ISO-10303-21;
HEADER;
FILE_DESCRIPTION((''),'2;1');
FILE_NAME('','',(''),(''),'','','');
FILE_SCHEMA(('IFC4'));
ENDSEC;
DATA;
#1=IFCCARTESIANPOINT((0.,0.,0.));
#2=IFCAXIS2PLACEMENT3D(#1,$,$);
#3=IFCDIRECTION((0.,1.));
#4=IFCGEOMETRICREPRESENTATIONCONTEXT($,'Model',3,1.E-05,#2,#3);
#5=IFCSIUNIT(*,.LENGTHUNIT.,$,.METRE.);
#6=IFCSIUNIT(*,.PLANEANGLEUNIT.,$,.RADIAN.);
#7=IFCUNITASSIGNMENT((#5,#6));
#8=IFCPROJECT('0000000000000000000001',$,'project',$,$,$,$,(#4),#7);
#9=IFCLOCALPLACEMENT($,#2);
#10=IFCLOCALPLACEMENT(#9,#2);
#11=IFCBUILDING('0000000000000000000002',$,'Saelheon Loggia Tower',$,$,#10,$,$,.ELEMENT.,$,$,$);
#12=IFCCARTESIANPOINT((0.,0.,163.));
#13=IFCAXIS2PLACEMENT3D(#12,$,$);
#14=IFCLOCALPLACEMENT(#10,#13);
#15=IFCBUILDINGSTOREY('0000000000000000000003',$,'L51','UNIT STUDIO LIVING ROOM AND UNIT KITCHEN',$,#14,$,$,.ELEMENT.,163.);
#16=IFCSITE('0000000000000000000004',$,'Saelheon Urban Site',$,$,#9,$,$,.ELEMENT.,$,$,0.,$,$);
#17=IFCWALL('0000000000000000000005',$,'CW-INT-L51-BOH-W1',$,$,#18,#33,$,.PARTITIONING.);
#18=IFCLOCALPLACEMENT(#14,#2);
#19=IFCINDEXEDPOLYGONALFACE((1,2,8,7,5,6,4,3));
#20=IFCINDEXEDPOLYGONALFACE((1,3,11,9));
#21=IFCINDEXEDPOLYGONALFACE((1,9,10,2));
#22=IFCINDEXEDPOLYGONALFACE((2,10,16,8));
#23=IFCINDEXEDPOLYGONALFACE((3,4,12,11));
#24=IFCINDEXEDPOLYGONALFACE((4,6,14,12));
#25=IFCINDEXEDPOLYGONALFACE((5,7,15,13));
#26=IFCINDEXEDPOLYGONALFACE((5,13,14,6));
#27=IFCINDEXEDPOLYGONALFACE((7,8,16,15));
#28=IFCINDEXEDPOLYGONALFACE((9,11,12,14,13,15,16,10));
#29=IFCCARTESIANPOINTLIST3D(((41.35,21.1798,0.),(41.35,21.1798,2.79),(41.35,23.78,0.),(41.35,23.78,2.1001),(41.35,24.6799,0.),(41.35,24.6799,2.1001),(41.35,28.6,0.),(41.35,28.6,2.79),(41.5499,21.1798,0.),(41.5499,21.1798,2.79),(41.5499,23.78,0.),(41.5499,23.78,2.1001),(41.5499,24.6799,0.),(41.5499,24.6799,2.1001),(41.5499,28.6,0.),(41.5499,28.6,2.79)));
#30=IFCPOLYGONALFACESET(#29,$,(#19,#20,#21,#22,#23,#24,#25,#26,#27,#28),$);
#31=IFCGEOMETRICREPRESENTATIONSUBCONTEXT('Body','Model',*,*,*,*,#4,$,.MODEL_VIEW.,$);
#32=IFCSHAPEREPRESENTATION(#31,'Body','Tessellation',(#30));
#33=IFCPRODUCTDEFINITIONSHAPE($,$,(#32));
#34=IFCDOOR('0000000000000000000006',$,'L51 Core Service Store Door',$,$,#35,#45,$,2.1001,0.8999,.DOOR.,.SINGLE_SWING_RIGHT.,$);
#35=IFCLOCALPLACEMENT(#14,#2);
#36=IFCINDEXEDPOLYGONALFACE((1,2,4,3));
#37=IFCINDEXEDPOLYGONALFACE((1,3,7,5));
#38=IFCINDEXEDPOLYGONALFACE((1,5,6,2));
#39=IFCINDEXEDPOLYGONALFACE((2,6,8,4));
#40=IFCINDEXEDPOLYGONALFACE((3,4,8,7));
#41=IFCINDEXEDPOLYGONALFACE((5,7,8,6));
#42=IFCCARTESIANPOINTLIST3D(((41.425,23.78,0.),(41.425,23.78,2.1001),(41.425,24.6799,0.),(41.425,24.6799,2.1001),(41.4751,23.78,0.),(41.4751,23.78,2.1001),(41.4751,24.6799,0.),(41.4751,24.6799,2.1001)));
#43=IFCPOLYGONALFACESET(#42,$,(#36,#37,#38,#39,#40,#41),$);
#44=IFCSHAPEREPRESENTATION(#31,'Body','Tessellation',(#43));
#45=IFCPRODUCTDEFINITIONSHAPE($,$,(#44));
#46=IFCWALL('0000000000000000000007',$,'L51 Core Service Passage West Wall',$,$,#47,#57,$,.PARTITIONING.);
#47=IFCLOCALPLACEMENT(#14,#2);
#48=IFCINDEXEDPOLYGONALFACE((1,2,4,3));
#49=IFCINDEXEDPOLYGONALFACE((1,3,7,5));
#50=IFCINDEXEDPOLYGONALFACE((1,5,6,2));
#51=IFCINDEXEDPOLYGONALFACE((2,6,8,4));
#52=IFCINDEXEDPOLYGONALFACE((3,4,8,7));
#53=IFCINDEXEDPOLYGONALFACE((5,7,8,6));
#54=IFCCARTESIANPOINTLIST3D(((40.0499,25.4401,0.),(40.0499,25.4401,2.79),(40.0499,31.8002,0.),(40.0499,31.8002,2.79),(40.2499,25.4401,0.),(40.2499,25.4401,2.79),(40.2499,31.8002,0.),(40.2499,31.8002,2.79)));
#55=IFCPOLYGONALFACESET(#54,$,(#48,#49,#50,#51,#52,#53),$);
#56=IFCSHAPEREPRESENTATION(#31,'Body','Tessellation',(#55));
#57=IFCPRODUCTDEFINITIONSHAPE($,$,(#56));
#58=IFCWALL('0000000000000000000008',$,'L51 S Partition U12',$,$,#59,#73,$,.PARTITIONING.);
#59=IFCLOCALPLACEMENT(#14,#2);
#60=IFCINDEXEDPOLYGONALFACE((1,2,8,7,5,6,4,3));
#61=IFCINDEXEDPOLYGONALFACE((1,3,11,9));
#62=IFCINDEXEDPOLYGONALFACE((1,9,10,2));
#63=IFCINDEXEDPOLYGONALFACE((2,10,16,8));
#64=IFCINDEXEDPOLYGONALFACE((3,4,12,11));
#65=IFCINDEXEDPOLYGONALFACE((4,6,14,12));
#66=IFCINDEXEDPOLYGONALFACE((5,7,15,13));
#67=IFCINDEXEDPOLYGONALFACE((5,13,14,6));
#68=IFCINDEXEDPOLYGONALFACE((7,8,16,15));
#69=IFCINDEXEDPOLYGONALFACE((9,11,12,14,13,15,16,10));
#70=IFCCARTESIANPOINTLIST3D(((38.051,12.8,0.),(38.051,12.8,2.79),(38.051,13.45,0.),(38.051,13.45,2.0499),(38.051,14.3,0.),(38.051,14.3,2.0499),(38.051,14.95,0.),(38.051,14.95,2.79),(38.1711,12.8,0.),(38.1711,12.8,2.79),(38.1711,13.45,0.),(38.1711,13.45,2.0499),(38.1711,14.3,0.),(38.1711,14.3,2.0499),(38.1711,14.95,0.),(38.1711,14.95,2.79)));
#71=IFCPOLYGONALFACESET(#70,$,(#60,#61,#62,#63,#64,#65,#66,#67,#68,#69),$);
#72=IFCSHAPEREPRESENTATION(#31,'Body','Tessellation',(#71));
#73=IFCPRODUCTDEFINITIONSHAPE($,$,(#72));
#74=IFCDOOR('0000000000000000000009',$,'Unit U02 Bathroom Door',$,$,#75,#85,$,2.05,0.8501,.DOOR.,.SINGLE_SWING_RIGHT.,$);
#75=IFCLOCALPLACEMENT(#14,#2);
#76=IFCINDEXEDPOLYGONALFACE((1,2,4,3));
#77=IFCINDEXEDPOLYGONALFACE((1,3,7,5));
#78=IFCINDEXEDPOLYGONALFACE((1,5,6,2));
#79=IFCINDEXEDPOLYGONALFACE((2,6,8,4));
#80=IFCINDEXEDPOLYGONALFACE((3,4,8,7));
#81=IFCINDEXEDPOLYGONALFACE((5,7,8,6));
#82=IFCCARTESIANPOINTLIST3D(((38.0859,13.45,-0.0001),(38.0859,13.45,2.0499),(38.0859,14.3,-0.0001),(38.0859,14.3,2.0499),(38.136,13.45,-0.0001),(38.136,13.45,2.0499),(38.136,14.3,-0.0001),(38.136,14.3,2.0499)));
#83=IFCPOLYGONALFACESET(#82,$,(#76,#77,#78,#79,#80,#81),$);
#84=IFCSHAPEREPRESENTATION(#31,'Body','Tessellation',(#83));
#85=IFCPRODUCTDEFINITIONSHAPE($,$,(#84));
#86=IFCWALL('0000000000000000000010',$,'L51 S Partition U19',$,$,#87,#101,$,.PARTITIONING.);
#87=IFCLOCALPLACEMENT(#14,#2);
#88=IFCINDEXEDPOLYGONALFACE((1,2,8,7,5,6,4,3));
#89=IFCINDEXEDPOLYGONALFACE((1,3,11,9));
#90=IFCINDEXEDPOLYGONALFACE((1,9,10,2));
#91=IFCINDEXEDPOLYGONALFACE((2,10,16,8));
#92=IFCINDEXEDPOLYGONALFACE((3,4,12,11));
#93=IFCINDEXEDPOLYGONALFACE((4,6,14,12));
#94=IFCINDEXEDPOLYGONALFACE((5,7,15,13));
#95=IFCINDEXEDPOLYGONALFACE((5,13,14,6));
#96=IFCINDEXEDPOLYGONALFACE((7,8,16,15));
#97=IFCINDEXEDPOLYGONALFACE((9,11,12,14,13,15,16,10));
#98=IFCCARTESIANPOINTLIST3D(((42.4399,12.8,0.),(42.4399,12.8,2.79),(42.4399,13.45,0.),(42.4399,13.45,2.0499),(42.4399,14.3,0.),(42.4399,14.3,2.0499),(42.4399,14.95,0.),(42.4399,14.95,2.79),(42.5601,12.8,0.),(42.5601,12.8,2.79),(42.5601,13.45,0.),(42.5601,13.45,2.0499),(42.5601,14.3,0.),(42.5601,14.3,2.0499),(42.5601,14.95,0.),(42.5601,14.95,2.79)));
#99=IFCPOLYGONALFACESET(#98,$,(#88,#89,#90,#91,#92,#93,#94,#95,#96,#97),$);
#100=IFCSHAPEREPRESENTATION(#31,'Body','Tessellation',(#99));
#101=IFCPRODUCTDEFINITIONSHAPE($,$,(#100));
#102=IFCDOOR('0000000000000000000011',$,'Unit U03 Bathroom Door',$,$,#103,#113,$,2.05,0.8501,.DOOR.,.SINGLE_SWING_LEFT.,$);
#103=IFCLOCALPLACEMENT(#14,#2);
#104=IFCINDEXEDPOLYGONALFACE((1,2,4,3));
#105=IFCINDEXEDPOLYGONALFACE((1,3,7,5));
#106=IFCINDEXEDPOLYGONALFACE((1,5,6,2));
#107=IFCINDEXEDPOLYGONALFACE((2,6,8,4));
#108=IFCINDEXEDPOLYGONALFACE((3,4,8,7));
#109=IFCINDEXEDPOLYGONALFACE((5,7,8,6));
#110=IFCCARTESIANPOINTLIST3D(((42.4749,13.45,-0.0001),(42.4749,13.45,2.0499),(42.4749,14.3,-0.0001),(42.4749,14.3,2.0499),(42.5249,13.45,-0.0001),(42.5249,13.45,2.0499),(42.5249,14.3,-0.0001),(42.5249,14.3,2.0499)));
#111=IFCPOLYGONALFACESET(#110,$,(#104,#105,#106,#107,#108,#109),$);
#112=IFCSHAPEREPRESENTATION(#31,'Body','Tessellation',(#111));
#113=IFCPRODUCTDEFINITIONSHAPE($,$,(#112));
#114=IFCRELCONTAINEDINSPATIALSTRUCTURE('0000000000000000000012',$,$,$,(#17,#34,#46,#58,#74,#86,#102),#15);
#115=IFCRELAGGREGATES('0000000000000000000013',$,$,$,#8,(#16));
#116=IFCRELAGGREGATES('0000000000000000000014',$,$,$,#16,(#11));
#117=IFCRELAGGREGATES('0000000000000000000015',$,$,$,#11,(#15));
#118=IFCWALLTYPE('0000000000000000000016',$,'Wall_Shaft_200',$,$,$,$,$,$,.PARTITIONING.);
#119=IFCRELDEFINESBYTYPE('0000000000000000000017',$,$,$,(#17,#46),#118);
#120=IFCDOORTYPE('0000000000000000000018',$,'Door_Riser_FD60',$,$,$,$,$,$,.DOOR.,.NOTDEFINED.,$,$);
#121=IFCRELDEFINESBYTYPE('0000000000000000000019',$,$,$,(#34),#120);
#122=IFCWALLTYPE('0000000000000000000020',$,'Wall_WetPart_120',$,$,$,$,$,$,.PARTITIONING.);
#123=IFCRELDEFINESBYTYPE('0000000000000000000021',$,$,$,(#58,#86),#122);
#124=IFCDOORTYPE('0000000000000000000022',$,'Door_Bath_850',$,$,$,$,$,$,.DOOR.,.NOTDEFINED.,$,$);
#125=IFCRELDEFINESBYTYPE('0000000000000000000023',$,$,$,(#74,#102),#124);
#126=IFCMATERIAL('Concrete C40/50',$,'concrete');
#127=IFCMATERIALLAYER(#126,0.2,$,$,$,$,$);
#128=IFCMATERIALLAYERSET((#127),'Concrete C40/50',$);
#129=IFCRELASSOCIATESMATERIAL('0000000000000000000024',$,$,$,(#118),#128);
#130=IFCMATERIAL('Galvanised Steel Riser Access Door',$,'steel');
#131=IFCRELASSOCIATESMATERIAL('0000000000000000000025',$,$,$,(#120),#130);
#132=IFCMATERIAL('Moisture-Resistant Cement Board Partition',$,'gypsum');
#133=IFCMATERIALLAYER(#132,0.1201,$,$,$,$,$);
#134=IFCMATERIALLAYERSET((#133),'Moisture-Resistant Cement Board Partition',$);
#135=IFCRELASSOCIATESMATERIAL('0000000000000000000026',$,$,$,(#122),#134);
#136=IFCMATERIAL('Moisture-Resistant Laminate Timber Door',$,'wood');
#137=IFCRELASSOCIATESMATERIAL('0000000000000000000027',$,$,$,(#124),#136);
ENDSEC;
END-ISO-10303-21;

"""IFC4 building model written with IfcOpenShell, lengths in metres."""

from ifc_helpers import new_model, si_unit, direction, frame, frame_2d, origin, place, context, subcontext, project, spatial, rectangle, extrude, source, transform, mapped, material, layer, layer_set, type_object, element, fill, save


model = new_model("IFC4")

# Units and contexts
model_context = context("Model", 3, precision=1e-05, world=origin(), true_north=direction((0.0, 1.0)))
body_context = subcontext(model_context, "Body", "Model", "MODEL_VIEW")
ifc_project = project(units=[si_unit("LENGTHUNIT", "METRE"), si_unit("PLANEANGLEUNIT", "RADIAN")], contexts=[model_context])

# Site, building, storey
site_placement = place(None, origin())
site = spatial("IfcSite", under=ifc_project, at=site_placement, Name="Saelheon Urban Site", CompositionType="ELEMENT", RefElevation=0.0)
building_placement = place(site_placement, origin())
building = spatial("IfcBuilding", under=site, at=building_placement, Name="Saelheon Loggia Tower", CompositionType="ELEMENT")
storey_placement = place(building_placement, frame((0.0, 0.0, 163.0)))
storey = spatial("IfcBuildingStorey", under=building, at=storey_placement, Name="L51", Description="UNIT STUDIO LIVING ROOM AND UNIT KITCHEN", CompositionType="ELEMENT", Elevation=163.0)

# Shared definitions
ifc_material_1 = material(Name="Concrete C40/50", Category="concrete")

# Shared definitions
ifc_layer_1 = layer(ifc_material_1, 0.2)
ifc_layer_set_1 = layer_set([ifc_layer_1], Name="Concrete C40/50")
wall_type_1 = type_object("IfcWallType", Name="Wall_Shaft_200", PredefinedType="PARTITIONING", material=ifc_layer_set_1)

# Wall, opening, door
wall_1_placement = place(storey_placement, frame((41.45, 21.1799, 0.0), z_axis=(0.0, 0.0, 1.0), x_axis=(0.0, 1.0, 0.0)))
wall_1 = element("IfcWall", 1, at=wall_1_placement, inside=storey, type_object=wall_type_1, Name="CW-INT-L51-BOH-W1", PredefinedType="PARTITIONING", context=body_context, shape_type="SweptSolid", body=[
    extrude(rectangle(XDim=7.4202, YDim=0.2, at=frame_2d((3.71, 0.0))), origin(), (0.0, 0.0, 1.0), 2.79),
])
opening_1_placement = place(wall_1_placement, frame((2.6001, 0.0, 0.0)))
opening_1 = element("IfcOpeningElement", 2, at=opening_1_placement, cuts=wall_1, PredefinedType="OPENING", context=body_context, shape_type="SweptSolid", body=[
    extrude(rectangle(XDim=0.8999, YDim=2.1001, at=frame_2d((0.45, 1.05))), frame((0.0, 0.1121, 0.0), z_axis=(0.0, -1.0, 0.0), x_axis=(1.0, 0.0, 0.0)), (0.0, 0.0, 1.0), 0.2239),
])
ifc_material_2 = material(Name="Galvanised Steel Riser Access Door", Category="steel")
door_type_1 = type_object("IfcDoorType", Name="Door_Riser_FD60", OperationType="NOTDEFINED", PredefinedType="DOOR", material=ifc_material_2)
shared_shape_1 = source(origin(), body_context, "Body", "SweptSolid", [
    extrude(rectangle(XDim=0.8999, YDim=2.1001, at=frame_2d((0.45, 1.05))), frame((0.0, 0.0249, 0.0), z_axis=(0.0, -1.0, 0.0), x_axis=(1.0, 0.0, 0.0)), (0.0, 0.0, 1.0), 0.05),
])
door_1_placement = place(opening_1_placement, origin())
door_1 = element("IfcDoor", 3, at=door_1_placement, inside=storey, type_object=door_type_1, Name="L51 Core Service Store Door", OperationType="SINGLE_SWING_RIGHT", OverallHeight=2.1001, OverallWidth=0.8999, PredefinedType="DOOR", context=body_context, shape_type="MappedRepresentation", body=[
    mapped(shared_shape_1, transform((0.0, 0.0, 0.0), scale=1.0)),
])
fill(opening_1, door_1)

# Wall
wall_2_placement = place(storey_placement, frame((40.1499, 25.4399, 0.0), z_axis=(0.0, 0.0, 1.0), x_axis=(0.0, 1.0, 0.0)))
element("IfcWall", 4, at=wall_2_placement, inside=storey, type_object=wall_type_1, Name="L51 Core Service Passage West Wall", PredefinedType="PARTITIONING", context=body_context, shape_type="SweptSolid", body=[
    extrude(rectangle(XDim=6.3601, YDim=0.2, at=frame_2d((3.1802, 0.0))), origin(), (0.0, 0.0, 1.0), 2.79),
])

# Walls, openings, doors
ifc_material_3 = material(Name="Moisture-Resistant Cement Board Partition", Category="gypsum")
ifc_layer_2 = layer(ifc_material_3, 0.1201)
ifc_layer_set_2 = layer_set([ifc_layer_2], Name="Moisture-Resistant Cement Board Partition")
wall_type_2 = type_object("IfcWallType", Name="Wall_WetPart_120", PredefinedType="PARTITIONING", material=ifc_layer_set_2)
wall_3_placement = place(storey_placement, frame((38.1111, 14.95, 0.0), z_axis=(0.0, 0.0, 1.0), x_axis=(0.0, -1.0, 0.0)))
wall_3 = element("IfcWall", 5, at=wall_3_placement, inside=storey, type_object=wall_type_2, Name="L51 S Partition U12", PredefinedType="PARTITIONING", context=body_context, shape_type="SweptSolid", body=[
    extrude(rectangle(XDim=2.1499, YDim=0.1201, at=frame_2d((1.075, 0.0))), origin(), (0.0, 0.0, 1.0), 2.79),
])
opening_2_placement = place(wall_3_placement, frame((0.6499, 0.0, 0.0)))
opening_2 = element("IfcOpeningElement", 6, at=opening_2_placement, cuts=wall_3, PredefinedType="OPENING", context=body_context, shape_type="SweptSolid", body=[
    extrude(rectangle(XDim=0.8501, YDim=2.05, at=frame_2d((0.425, 1.0249))), frame((0.0, 0.072, 0.0), z_axis=(0.0, -1.0, 0.0), x_axis=(1.0, 0.0, 0.0)), (0.0, 0.0, 1.0), 0.144),
])
ifc_material_4 = material(Name="Moisture-Resistant Laminate Timber Door", Category="wood")
door_type_2 = type_object("IfcDoorType", Name="Door_Bath_850", OperationType="NOTDEFINED", PredefinedType="DOOR", material=ifc_material_4)
shared_shape_2 = source(origin(), body_context, "Body", "SweptSolid", [
    extrude(rectangle(XDim=0.8501, YDim=2.05, at=frame_2d((0.425, 1.0249))), frame((0.0, 0.0249, 0.0), z_axis=(0.0, -1.0, 0.0), x_axis=(1.0, 0.0, 0.0)), (0.0, 0.0, 1.0), 0.05),
])
door_2_placement = place(opening_2_placement, origin())
door_2 = element("IfcDoor", 7, at=door_2_placement, inside=storey, type_object=door_type_2, Name="Unit U02 Bathroom Door", OperationType="SINGLE_SWING_RIGHT", OverallHeight=2.05, OverallWidth=0.8501, PredefinedType="DOOR", context=body_context, shape_type="MappedRepresentation", body=[
    mapped(shared_shape_2, transform((0.0, 0.0, 0.0), scale=1.0)),
])
fill(opening_2, door_2)
wall_4_placement = place(storey_placement, frame((42.5, 14.95, 0.0), z_axis=(0.0, 0.0, 1.0), x_axis=(0.0, -1.0, 0.0)))
wall_4 = element("IfcWall", 8, at=wall_4_placement, inside=storey, type_object=wall_type_2, Name="L51 S Partition U19", PredefinedType="PARTITIONING", context=body_context, shape_type="SweptSolid", body=[
    extrude(rectangle(XDim=2.1499, YDim=0.1201, at=frame_2d((1.075, 0.0))), origin(), (0.0, 0.0, 1.0), 2.79),
])
opening_3_placement = place(wall_4_placement, frame((0.6499, 0.0, 0.0)))
opening_3 = element("IfcOpeningElement", 9, at=opening_3_placement, cuts=wall_4, PredefinedType="OPENING", context=body_context, shape_type="SweptSolid", body=[
    extrude(rectangle(XDim=0.8501, YDim=2.05, at=frame_2d((0.425, 1.0249))), frame((0.0, 0.072, 0.0), z_axis=(0.0, -1.0, 0.0), x_axis=(1.0, 0.0, 0.0)), (0.0, 0.0, 1.0), 0.144),
])
door_3_placement = place(opening_3_placement, origin())
door_3 = element("IfcDoor", 10, at=door_3_placement, inside=storey, type_object=door_type_2, Name="Unit U03 Bathroom Door", OperationType="SINGLE_SWING_LEFT", OverallHeight=2.05, OverallWidth=0.8501, PredefinedType="DOOR", context=body_context, shape_type="MappedRepresentation", body=[
    mapped(shared_shape_2, transform((0.0, 0.0, 0.0), scale=1.0)),
])
fill(opening_3, door_3)

save(model, "model.ifc")
